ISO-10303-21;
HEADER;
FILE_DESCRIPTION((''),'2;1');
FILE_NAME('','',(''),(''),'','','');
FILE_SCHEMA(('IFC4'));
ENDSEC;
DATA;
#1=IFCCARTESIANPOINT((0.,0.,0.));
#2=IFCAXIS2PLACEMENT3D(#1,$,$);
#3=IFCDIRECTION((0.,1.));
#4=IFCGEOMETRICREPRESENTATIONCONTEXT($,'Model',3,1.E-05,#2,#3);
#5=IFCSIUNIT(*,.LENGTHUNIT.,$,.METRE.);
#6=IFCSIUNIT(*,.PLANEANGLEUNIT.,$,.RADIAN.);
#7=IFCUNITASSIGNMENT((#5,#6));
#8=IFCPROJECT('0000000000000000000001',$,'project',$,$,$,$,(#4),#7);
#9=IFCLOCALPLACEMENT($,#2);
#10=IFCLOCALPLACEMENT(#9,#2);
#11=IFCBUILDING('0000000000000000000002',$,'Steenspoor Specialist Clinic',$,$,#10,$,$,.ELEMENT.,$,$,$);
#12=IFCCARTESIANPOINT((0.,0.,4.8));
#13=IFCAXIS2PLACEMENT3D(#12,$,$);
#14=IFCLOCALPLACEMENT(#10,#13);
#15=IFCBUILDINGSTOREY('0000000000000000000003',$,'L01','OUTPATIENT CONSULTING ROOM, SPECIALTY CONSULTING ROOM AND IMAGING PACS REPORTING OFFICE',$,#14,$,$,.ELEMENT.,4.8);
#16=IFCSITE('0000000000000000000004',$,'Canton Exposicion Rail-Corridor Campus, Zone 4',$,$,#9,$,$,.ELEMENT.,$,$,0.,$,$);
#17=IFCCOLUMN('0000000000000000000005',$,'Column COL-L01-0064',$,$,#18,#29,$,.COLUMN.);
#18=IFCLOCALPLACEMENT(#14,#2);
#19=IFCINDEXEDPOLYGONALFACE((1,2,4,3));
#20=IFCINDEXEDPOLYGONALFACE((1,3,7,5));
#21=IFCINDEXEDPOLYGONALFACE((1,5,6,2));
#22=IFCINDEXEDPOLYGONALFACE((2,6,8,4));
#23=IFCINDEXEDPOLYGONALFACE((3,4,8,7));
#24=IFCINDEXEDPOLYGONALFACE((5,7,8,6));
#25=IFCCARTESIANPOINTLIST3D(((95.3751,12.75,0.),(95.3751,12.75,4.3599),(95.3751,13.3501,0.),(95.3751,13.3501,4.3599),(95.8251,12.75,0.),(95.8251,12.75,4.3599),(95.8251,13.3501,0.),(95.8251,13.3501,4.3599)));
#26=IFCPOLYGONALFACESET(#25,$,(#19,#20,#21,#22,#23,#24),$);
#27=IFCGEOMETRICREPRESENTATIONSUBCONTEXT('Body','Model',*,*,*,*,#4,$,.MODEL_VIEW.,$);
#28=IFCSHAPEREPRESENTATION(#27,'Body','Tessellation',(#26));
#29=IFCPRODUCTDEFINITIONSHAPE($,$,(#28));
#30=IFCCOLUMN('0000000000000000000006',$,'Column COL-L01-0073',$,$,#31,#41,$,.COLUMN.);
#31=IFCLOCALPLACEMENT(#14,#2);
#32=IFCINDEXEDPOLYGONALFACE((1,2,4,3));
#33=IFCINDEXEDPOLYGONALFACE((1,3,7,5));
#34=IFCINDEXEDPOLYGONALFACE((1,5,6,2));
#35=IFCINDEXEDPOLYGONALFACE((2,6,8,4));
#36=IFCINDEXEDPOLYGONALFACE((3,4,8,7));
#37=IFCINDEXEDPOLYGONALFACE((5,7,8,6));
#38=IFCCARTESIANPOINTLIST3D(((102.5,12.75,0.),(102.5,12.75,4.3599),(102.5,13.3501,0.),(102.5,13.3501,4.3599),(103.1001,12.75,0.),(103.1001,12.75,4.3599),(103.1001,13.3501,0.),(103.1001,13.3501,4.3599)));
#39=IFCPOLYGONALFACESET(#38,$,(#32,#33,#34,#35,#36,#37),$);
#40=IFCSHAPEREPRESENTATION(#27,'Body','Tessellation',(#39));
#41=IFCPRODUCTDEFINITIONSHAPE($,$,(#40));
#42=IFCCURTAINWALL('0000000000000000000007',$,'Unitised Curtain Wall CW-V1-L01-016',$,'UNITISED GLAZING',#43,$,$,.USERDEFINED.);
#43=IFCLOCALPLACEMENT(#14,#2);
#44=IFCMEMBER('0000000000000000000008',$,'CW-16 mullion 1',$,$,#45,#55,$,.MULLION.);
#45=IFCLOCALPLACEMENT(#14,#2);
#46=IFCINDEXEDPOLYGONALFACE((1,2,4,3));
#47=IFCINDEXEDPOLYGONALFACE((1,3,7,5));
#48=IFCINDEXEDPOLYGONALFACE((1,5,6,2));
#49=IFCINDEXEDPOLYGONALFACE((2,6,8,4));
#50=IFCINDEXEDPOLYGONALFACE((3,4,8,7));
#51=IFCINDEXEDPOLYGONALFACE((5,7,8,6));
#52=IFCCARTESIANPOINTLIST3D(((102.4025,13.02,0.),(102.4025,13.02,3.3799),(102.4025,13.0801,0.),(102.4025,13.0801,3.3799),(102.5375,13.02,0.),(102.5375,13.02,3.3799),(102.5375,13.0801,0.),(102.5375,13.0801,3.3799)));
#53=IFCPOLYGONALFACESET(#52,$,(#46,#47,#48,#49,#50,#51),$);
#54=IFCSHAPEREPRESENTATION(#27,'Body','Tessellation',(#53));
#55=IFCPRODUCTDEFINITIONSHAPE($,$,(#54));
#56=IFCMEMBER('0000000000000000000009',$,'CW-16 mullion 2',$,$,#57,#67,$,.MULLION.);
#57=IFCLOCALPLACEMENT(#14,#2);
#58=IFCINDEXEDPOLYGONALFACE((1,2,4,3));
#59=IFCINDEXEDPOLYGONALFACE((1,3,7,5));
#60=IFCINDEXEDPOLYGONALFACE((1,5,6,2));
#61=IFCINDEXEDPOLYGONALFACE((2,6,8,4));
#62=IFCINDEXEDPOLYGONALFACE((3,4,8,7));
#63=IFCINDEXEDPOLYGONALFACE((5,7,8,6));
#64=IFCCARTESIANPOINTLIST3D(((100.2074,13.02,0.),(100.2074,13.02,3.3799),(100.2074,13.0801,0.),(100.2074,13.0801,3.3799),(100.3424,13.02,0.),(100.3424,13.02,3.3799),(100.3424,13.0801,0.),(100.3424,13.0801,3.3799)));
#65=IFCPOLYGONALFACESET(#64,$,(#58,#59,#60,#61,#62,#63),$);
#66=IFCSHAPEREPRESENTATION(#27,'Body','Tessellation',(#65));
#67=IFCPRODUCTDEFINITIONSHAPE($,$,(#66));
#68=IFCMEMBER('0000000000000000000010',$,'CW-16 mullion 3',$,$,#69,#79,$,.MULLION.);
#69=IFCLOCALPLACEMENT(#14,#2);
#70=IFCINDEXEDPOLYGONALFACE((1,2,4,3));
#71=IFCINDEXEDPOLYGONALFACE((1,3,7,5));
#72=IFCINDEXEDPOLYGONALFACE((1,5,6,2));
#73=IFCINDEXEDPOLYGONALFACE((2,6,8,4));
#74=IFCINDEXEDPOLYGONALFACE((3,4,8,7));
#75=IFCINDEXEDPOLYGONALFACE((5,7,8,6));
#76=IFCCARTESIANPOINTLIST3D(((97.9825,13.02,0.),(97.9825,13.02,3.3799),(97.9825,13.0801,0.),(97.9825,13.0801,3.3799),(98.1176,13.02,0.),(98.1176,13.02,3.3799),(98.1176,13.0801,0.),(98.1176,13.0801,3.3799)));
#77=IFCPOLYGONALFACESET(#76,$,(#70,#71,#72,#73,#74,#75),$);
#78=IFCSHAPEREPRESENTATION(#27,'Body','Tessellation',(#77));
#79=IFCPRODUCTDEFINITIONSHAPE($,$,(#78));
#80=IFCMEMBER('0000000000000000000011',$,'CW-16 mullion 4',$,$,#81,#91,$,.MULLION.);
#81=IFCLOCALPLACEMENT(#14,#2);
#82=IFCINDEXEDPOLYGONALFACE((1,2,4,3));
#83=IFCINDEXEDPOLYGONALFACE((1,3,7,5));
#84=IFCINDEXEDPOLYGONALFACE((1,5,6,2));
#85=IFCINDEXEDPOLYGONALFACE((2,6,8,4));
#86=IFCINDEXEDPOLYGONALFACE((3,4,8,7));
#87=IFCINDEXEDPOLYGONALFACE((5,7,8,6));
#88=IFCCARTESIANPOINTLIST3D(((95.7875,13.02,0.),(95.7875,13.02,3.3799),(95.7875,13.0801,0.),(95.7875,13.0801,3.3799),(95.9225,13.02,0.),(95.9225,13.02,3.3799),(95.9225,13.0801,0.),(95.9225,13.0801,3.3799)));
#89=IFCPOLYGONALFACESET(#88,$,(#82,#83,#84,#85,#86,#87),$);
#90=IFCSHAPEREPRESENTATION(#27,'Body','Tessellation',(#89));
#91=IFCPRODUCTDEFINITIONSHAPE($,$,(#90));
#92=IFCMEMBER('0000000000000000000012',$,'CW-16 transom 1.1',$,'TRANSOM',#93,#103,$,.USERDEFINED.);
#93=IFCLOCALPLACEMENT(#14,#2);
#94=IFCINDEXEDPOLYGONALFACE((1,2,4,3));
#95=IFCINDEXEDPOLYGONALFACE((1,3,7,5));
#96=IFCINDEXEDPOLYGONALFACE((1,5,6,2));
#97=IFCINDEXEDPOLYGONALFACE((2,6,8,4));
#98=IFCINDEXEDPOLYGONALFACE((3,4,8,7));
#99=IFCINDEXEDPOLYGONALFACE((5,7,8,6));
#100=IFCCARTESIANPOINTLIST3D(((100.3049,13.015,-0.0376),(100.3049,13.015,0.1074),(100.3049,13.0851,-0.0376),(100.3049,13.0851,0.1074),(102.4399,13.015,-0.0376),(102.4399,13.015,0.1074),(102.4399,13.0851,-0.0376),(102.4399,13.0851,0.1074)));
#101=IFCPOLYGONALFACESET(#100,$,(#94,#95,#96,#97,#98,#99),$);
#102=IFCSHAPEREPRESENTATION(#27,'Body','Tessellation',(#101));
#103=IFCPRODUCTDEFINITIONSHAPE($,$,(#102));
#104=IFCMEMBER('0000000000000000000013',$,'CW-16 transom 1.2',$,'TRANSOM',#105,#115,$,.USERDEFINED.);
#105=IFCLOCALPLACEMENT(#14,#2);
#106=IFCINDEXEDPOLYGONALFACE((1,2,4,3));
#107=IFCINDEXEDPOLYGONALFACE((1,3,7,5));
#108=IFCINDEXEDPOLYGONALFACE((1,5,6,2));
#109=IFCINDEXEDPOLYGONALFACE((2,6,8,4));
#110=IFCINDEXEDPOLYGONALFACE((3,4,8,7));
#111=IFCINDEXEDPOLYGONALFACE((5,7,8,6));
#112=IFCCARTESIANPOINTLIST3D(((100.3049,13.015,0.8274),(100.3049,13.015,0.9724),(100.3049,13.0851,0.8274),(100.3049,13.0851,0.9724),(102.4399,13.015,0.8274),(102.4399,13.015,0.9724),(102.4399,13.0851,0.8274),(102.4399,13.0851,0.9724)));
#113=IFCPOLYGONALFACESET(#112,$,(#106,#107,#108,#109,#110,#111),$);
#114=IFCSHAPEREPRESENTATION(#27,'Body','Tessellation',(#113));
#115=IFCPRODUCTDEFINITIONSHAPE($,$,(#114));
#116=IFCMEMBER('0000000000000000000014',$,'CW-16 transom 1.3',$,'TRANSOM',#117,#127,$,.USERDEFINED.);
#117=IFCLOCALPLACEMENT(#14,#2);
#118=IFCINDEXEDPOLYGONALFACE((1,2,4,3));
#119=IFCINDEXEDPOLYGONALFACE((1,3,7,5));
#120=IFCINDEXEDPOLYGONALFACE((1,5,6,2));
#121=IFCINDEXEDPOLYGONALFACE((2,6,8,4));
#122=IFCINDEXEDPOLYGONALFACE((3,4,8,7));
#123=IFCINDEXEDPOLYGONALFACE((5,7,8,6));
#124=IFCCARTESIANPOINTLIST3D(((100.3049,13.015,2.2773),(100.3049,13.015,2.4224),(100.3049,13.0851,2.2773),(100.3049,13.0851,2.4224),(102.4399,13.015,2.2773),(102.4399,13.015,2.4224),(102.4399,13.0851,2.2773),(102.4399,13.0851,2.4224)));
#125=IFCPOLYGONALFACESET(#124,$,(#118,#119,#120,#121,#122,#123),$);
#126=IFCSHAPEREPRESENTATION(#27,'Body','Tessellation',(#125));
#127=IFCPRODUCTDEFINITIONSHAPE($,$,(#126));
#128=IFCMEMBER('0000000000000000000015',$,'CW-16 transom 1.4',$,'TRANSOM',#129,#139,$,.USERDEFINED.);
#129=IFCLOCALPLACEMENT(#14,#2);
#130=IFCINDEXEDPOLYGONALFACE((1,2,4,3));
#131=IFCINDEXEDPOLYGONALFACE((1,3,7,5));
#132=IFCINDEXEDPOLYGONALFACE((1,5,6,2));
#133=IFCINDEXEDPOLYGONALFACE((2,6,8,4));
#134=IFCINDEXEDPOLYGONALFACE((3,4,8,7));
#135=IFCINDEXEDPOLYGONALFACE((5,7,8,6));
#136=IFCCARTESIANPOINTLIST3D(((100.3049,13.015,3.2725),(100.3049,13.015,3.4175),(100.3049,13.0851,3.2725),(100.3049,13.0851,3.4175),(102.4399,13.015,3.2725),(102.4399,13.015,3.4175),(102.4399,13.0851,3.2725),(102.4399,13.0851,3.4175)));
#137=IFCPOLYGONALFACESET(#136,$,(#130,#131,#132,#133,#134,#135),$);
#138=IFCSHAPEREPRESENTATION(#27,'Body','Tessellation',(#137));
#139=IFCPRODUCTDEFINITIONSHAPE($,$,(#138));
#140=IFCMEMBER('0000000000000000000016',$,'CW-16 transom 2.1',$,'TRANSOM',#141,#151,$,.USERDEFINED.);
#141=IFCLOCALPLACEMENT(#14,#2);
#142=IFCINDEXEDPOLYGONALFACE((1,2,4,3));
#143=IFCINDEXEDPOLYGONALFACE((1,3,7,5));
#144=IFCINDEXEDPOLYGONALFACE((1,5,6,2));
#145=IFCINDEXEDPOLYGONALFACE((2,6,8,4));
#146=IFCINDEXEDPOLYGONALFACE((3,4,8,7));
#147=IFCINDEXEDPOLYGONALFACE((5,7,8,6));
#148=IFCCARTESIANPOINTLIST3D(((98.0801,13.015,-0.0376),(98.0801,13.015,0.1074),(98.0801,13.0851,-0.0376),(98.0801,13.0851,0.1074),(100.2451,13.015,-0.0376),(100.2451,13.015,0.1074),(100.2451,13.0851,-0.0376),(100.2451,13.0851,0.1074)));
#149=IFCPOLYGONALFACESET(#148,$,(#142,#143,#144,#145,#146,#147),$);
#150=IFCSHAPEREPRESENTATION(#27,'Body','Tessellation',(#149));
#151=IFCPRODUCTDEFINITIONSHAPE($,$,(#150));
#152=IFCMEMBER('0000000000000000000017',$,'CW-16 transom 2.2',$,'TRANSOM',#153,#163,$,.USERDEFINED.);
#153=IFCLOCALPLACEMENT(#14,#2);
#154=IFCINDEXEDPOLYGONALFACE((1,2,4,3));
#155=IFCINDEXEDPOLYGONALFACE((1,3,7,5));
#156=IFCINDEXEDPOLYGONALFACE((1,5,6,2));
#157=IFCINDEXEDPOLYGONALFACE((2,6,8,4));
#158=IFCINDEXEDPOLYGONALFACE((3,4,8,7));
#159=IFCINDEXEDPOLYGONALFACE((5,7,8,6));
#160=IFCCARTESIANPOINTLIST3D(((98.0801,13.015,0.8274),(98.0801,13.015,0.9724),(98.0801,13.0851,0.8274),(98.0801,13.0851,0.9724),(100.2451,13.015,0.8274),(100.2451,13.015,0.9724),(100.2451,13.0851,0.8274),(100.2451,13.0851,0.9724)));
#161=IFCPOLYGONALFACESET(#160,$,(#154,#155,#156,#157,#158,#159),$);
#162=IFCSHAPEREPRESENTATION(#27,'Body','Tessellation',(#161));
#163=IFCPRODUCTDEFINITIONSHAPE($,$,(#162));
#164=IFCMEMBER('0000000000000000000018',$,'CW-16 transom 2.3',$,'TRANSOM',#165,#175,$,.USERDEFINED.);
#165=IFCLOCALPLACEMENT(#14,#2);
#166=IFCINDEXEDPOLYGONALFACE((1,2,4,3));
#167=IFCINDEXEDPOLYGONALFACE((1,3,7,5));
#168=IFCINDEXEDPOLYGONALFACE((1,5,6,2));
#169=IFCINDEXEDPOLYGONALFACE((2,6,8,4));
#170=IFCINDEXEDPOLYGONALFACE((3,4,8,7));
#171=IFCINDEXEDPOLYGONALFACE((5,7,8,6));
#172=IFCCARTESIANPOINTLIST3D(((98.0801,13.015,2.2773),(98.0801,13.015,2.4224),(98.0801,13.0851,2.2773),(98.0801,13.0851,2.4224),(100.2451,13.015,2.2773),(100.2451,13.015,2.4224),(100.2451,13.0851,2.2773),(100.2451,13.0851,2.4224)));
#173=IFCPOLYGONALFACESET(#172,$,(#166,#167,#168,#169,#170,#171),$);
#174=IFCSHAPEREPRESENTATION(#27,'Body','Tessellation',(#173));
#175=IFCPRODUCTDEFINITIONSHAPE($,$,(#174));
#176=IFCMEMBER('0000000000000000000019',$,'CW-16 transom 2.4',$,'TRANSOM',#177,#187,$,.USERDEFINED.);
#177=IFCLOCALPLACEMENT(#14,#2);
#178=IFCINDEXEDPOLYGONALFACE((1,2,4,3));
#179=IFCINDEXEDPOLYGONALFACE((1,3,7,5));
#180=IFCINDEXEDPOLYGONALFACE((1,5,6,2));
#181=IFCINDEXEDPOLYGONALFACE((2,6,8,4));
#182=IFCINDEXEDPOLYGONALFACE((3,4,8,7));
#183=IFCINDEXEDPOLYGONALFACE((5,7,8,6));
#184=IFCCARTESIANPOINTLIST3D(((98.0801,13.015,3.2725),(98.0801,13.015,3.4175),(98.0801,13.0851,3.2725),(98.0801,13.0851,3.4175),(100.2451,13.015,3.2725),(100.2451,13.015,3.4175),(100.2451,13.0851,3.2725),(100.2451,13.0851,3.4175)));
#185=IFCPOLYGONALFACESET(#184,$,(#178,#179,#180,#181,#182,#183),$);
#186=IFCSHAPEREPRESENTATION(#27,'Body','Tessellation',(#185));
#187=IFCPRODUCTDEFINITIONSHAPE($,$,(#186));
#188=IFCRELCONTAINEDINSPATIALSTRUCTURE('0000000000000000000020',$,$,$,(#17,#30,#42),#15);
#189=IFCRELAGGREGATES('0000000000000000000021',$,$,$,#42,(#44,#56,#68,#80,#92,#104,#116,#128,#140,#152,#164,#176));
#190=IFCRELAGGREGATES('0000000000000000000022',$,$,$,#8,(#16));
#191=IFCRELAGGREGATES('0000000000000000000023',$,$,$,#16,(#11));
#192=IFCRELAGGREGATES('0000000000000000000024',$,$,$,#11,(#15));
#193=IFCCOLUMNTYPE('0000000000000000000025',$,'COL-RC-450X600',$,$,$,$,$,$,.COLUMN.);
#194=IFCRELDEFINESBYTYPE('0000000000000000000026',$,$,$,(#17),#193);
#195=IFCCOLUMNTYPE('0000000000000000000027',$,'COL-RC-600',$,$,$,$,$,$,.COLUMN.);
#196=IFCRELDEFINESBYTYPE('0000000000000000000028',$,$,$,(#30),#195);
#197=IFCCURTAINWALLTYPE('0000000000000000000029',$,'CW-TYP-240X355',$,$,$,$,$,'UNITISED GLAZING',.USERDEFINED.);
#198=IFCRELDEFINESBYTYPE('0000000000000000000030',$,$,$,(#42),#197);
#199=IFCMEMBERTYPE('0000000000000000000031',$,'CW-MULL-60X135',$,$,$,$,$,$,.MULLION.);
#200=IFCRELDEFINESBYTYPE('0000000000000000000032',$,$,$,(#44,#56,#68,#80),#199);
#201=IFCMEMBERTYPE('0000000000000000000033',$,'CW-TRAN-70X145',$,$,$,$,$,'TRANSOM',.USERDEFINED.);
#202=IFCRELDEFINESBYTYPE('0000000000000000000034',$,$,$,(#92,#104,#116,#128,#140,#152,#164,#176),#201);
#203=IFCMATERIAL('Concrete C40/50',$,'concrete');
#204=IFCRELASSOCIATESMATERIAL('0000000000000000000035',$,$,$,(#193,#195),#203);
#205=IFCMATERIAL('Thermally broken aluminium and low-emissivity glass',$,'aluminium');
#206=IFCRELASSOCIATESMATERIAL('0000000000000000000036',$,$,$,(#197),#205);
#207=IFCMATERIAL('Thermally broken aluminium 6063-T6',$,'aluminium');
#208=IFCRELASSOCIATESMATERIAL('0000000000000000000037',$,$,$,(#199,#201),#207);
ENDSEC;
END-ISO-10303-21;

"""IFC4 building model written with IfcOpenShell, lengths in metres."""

from ifc_helpers import new_model, si_unit, direction, frame, origin, origin_2d, place, context, subcontext, project, spatial, rectangle, extrude, material, material_profile, profile_set, type_object, element, aggregate, save


model = new_model("IFC4")

# Units and contexts
model_context = context("Model", 3, precision=1e-05, world=origin(), true_north=direction((0.0, 1.0)))
body_context = subcontext(model_context, "Body", "Model", "MODEL_VIEW")
ifc_project = project(units=[si_unit("LENGTHUNIT", "METRE"), si_unit("PLANEANGLEUNIT", "RADIAN")], contexts=[model_context])

# Site, building, storey
site_placement = place(None, origin())
site = spatial("IfcSite", under=ifc_project, at=site_placement, Name="Canton Exposicion Rail-Corridor Campus, Zone 4", CompositionType="ELEMENT", RefElevation=0.0)
building_placement = place(site_placement, origin())
building = spatial("IfcBuilding", under=site, at=building_placement, Name="Steenspoor Specialist Clinic", CompositionType="ELEMENT")
storey_placement = place(building_placement, frame((0.0, 0.0, 4.8)))
storey = spatial("IfcBuildingStorey", under=building, at=storey_placement, Name="L01", Description="OUTPATIENT CONSULTING ROOM, SPECIALTY CONSULTING ROOM AND IMAGING PACS REPORTING OFFICE", CompositionType="ELEMENT", Elevation=4.8)

# Columns
ifc_material_1 = material(Name="Concrete C40/50", Category="concrete")
ifc_material_profile_1 = material_profile(ifc_material_1, rectangle(XDim=0.45, YDim=0.6001, at=origin_2d()), Name="RC-COL-450X600")
ifc_profile_set_1 = profile_set([ifc_material_profile_1], Name="Concrete C40/50")
column_type_1 = type_object("IfcColumnType", Name="COL-RC-450X600", PredefinedType="COLUMN", material=ifc_profile_set_1)
column_1_placement = place(storey_placement, frame((95.6001, 13.05, 0.0), z_axis=(0.0, 0.0, 1.0), x_axis=(1.0, 0.0, 0.0)))
element("IfcColumn", 1, at=column_1_placement, inside=storey, type_object=column_type_1, Name="Column COL-L01-0064", PredefinedType="COLUMN", context=body_context, shape_type="SweptSolid", body=[
    extrude(rectangle(XDim=0.45, YDim=0.6001, at=origin_2d()), origin(), (0.0, 0.0, 1.0), 4.3599),
])
ifc_material_profile_2 = material_profile(ifc_material_1, rectangle(XDim=0.6001, YDim=0.6001, at=origin_2d()), Name="RC-COL-600X600")
ifc_profile_set_2 = profile_set([ifc_material_profile_2], Name="Concrete C40/50")
column_type_2 = type_object("IfcColumnType", Name="COL-RC-600", PredefinedType="COLUMN", material=ifc_profile_set_2)
column_2_placement = place(storey_placement, frame((102.8, 13.05, 0.0), z_axis=(0.0, 0.0, 1.0), x_axis=(1.0, 0.0, 0.0)))
element("IfcColumn", 2, at=column_2_placement, inside=storey, type_object=column_type_2, Name="Column COL-L01-0073", PredefinedType="COLUMN", context=body_context, shape_type="SweptSolid", body=[
    extrude(rectangle(XDim=0.6001, YDim=0.6001, at=origin_2d()), origin(), (0.0, 0.0, 1.0), 4.3599),
])

# Curtain wall, members
ifc_material_2 = material(Name="Thermally broken aluminium and low-emissivity glass", Category="aluminium")
curtain_wall_type = type_object("IfcCurtainWallType", Name="CW-TYP-240X355", ElementType="UNITISED GLAZING", PredefinedType="USERDEFINED", material=ifc_material_2)
curtain_wall_placement = place(storey_placement, origin())
curtain_wall = element("IfcCurtainWall", 3, at=curtain_wall_placement, inside=storey, type_object=curtain_wall_type, Name="Unitised Curtain Wall CW-V1-L01-016", ObjectType="UNITISED GLAZING", PredefinedType="USERDEFINED")
ifc_material_3 = material(Name="Thermally broken aluminium 6063-T6", Category="aluminium")
ifc_material_profile_3 = material_profile(ifc_material_3, rectangle(XDim=0.0601, YDim=0.135, at=origin_2d()), Name="CWM-60X135")
ifc_profile_set_3 = profile_set([ifc_material_profile_3], Name="Thermally broken aluminium 6063-T6")
member_type_1 = type_object("IfcMemberType", Name="CW-MULL-60X135", PredefinedType="MULLION", material=ifc_profile_set_3)
member_1_placement = place(storey_placement, frame((102.47, 13.05, 0.0), z_axis=(0.0, 0.0, 1.0), x_axis=(0.0, -1.0, 0.0)))
member_1 = element("IfcMember", 4, at=member_1_placement, type_object=member_type_1, Name="CW-16 mullion 1", PredefinedType="MULLION", context=body_context, shape_type="SweptSolid", body=[
    extrude(rectangle(XDim=0.0601, YDim=0.135, at=origin_2d()), origin(), (0.0, 0.0, 1.0), 3.3799),
])
member_2_placement = place(storey_placement, frame((100.2749, 13.05, 0.0), z_axis=(0.0, 0.0, 1.0), x_axis=(0.0, -1.0, 0.0)))
member_2 = element("IfcMember", 5, at=member_2_placement, type_object=member_type_1, Name="CW-16 mullion 2", PredefinedType="MULLION", context=body_context, shape_type="SweptSolid", body=[
    extrude(rectangle(XDim=0.0601, YDim=0.135, at=origin_2d()), origin(), (0.0, 0.0, 1.0), 3.3799),
])
member_3_placement = place(storey_placement, frame((98.05, 13.05, 0.0), z_axis=(0.0, 0.0, 1.0), x_axis=(0.0, -1.0, 0.0)))
member_3 = element("IfcMember", 6, at=member_3_placement, type_object=member_type_1, Name="CW-16 mullion 3", PredefinedType="MULLION", context=body_context, shape_type="SweptSolid", body=[
    extrude(rectangle(XDim=0.0601, YDim=0.135, at=origin_2d()), origin(), (0.0, 0.0, 1.0), 3.3799),
])
member_4_placement = place(storey_placement, frame((95.855, 13.05, 0.0), z_axis=(0.0, 0.0, 1.0), x_axis=(0.0, -1.0, 0.0)))
member_4 = element("IfcMember", 7, at=member_4_placement, type_object=member_type_1, Name="CW-16 mullion 4", PredefinedType="MULLION", context=body_context, shape_type="SweptSolid", body=[
    extrude(rectangle(XDim=0.0601, YDim=0.135, at=origin_2d()), origin(), (0.0, 0.0, 1.0), 3.3799),
])
ifc_material_profile_4 = material_profile(ifc_material_3, rectangle(XDim=0.0701, YDim=0.145, at=origin_2d()), Name="CWT-70X145")
ifc_profile_set_4 = profile_set([ifc_material_profile_4], Name="Thermally broken aluminium 6063-T6")
member_type_2 = type_object("IfcMemberType", Name="CW-TRAN-70X145", ElementType="TRANSOM", PredefinedType="USERDEFINED", material=ifc_profile_set_4)
member_5_placement = place(storey_placement, frame((102.4399, 13.05, 0.0349), z_axis=(-1.0, 0.0, 0.0), x_axis=(0.0, -1.0, 0.0)))
member_5 = element("IfcMember", 8, at=member_5_placement, type_object=member_type_2, Name="CW-16 transom 1.1", ObjectType="TRANSOM", PredefinedType="USERDEFINED", context=body_context, shape_type="SweptSolid", body=[
    extrude(rectangle(XDim=0.0701, YDim=0.145, at=origin_2d()), origin(), (0.0, 0.0, 1.0), 2.135),
])
member_6_placement = place(storey_placement, frame((102.4399, 13.05, 0.8999), z_axis=(-1.0, 0.0, 0.0), x_axis=(0.0, -1.0, 0.0)))
member_6 = element("IfcMember", 9, at=member_6_placement, type_object=member_type_2, Name="CW-16 transom 1.2", ObjectType="TRANSOM", PredefinedType="USERDEFINED", context=body_context, shape_type="SweptSolid", body=[
    extrude(rectangle(XDim=0.0701, YDim=0.145, at=origin_2d()), origin(), (0.0, 0.0, 1.0), 2.135),
])
member_7_placement = place(storey_placement, frame((102.4399, 13.05, 2.3499), z_axis=(-1.0, 0.0, 0.0), x_axis=(0.0, -1.0, 0.0)))
member_7 = element("IfcMember", 10, at=member_7_placement, type_object=member_type_2, Name="CW-16 transom 1.3", ObjectType="TRANSOM", PredefinedType="USERDEFINED", context=body_context, shape_type="SweptSolid", body=[
    extrude(rectangle(XDim=0.0701, YDim=0.145, at=origin_2d()), origin(), (0.0, 0.0, 1.0), 2.135),
])
member_8_placement = place(storey_placement, frame((102.4399, 13.05, 3.345), z_axis=(-1.0, 0.0, 0.0), x_axis=(0.0, -1.0, 0.0)))
member_8 = element("IfcMember", 11, at=member_8_placement, type_object=member_type_2, Name="CW-16 transom 1.4", ObjectType="TRANSOM", PredefinedType="USERDEFINED", context=body_context, shape_type="SweptSolid", body=[
    extrude(rectangle(XDim=0.0701, YDim=0.145, at=origin_2d()), origin(), (0.0, 0.0, 1.0), 2.135),
])
member_9_placement = place(storey_placement, frame((100.2451, 13.05, 0.0349), z_axis=(-1.0, 0.0, 0.0), x_axis=(0.0, -1.0, 0.0)))
member_9 = element("IfcMember", 12, at=member_9_placement, type_object=member_type_2, Name="CW-16 transom 2.1", ObjectType="TRANSOM", PredefinedType="USERDEFINED", context=body_context, shape_type="SweptSolid", body=[
    extrude(rectangle(XDim=0.0701, YDim=0.145, at=origin_2d()), origin(), (0.0, 0.0, 1.0), 2.165),
])
member_10_placement = place(storey_placement, frame((100.2451, 13.05, 0.8999), z_axis=(-1.0, 0.0, 0.0), x_axis=(0.0, -1.0, 0.0)))
member_10 = element("IfcMember", 13, at=member_10_placement, type_object=member_type_2, Name="CW-16 transom 2.2", ObjectType="TRANSOM", PredefinedType="USERDEFINED", context=body_context, shape_type="SweptSolid", body=[
    extrude(rectangle(XDim=0.0701, YDim=0.145, at=origin_2d()), origin(), (0.0, 0.0, 1.0), 2.165),
])
member_11_placement = place(storey_placement, frame((100.2451, 13.05, 2.3499), z_axis=(-1.0, 0.0, 0.0), x_axis=(0.0, -1.0, 0.0)))
member_11 = element("IfcMember", 14, at=member_11_placement, type_object=member_type_2, Name="CW-16 transom 2.3", ObjectType="TRANSOM", PredefinedType="USERDEFINED", context=body_context, shape_type="SweptSolid", body=[
    extrude(rectangle(XDim=0.0701, YDim=0.145, at=origin_2d()), origin(), (0.0, 0.0, 1.0), 2.165),
])
member_12_placement = place(storey_placement, frame((100.2451, 13.05, 3.345), z_axis=(-1.0, 0.0, 0.0), x_axis=(0.0, -1.0, 0.0)))
member_12 = element("IfcMember", 15, at=member_12_placement, type_object=member_type_2, Name="CW-16 transom 2.4", ObjectType="TRANSOM", PredefinedType="USERDEFINED", context=body_context, shape_type="SweptSolid", body=[
    extrude(rectangle(XDim=0.0701, YDim=0.145, at=origin_2d()), origin(), (0.0, 0.0, 1.0), 2.165),
])

aggregate(curtain_wall, [member_1, member_2, member_3, member_4, member_5, member_6, member_7, member_8, member_9, member_10, member_11, member_12])

save(model, "model.ifc")
